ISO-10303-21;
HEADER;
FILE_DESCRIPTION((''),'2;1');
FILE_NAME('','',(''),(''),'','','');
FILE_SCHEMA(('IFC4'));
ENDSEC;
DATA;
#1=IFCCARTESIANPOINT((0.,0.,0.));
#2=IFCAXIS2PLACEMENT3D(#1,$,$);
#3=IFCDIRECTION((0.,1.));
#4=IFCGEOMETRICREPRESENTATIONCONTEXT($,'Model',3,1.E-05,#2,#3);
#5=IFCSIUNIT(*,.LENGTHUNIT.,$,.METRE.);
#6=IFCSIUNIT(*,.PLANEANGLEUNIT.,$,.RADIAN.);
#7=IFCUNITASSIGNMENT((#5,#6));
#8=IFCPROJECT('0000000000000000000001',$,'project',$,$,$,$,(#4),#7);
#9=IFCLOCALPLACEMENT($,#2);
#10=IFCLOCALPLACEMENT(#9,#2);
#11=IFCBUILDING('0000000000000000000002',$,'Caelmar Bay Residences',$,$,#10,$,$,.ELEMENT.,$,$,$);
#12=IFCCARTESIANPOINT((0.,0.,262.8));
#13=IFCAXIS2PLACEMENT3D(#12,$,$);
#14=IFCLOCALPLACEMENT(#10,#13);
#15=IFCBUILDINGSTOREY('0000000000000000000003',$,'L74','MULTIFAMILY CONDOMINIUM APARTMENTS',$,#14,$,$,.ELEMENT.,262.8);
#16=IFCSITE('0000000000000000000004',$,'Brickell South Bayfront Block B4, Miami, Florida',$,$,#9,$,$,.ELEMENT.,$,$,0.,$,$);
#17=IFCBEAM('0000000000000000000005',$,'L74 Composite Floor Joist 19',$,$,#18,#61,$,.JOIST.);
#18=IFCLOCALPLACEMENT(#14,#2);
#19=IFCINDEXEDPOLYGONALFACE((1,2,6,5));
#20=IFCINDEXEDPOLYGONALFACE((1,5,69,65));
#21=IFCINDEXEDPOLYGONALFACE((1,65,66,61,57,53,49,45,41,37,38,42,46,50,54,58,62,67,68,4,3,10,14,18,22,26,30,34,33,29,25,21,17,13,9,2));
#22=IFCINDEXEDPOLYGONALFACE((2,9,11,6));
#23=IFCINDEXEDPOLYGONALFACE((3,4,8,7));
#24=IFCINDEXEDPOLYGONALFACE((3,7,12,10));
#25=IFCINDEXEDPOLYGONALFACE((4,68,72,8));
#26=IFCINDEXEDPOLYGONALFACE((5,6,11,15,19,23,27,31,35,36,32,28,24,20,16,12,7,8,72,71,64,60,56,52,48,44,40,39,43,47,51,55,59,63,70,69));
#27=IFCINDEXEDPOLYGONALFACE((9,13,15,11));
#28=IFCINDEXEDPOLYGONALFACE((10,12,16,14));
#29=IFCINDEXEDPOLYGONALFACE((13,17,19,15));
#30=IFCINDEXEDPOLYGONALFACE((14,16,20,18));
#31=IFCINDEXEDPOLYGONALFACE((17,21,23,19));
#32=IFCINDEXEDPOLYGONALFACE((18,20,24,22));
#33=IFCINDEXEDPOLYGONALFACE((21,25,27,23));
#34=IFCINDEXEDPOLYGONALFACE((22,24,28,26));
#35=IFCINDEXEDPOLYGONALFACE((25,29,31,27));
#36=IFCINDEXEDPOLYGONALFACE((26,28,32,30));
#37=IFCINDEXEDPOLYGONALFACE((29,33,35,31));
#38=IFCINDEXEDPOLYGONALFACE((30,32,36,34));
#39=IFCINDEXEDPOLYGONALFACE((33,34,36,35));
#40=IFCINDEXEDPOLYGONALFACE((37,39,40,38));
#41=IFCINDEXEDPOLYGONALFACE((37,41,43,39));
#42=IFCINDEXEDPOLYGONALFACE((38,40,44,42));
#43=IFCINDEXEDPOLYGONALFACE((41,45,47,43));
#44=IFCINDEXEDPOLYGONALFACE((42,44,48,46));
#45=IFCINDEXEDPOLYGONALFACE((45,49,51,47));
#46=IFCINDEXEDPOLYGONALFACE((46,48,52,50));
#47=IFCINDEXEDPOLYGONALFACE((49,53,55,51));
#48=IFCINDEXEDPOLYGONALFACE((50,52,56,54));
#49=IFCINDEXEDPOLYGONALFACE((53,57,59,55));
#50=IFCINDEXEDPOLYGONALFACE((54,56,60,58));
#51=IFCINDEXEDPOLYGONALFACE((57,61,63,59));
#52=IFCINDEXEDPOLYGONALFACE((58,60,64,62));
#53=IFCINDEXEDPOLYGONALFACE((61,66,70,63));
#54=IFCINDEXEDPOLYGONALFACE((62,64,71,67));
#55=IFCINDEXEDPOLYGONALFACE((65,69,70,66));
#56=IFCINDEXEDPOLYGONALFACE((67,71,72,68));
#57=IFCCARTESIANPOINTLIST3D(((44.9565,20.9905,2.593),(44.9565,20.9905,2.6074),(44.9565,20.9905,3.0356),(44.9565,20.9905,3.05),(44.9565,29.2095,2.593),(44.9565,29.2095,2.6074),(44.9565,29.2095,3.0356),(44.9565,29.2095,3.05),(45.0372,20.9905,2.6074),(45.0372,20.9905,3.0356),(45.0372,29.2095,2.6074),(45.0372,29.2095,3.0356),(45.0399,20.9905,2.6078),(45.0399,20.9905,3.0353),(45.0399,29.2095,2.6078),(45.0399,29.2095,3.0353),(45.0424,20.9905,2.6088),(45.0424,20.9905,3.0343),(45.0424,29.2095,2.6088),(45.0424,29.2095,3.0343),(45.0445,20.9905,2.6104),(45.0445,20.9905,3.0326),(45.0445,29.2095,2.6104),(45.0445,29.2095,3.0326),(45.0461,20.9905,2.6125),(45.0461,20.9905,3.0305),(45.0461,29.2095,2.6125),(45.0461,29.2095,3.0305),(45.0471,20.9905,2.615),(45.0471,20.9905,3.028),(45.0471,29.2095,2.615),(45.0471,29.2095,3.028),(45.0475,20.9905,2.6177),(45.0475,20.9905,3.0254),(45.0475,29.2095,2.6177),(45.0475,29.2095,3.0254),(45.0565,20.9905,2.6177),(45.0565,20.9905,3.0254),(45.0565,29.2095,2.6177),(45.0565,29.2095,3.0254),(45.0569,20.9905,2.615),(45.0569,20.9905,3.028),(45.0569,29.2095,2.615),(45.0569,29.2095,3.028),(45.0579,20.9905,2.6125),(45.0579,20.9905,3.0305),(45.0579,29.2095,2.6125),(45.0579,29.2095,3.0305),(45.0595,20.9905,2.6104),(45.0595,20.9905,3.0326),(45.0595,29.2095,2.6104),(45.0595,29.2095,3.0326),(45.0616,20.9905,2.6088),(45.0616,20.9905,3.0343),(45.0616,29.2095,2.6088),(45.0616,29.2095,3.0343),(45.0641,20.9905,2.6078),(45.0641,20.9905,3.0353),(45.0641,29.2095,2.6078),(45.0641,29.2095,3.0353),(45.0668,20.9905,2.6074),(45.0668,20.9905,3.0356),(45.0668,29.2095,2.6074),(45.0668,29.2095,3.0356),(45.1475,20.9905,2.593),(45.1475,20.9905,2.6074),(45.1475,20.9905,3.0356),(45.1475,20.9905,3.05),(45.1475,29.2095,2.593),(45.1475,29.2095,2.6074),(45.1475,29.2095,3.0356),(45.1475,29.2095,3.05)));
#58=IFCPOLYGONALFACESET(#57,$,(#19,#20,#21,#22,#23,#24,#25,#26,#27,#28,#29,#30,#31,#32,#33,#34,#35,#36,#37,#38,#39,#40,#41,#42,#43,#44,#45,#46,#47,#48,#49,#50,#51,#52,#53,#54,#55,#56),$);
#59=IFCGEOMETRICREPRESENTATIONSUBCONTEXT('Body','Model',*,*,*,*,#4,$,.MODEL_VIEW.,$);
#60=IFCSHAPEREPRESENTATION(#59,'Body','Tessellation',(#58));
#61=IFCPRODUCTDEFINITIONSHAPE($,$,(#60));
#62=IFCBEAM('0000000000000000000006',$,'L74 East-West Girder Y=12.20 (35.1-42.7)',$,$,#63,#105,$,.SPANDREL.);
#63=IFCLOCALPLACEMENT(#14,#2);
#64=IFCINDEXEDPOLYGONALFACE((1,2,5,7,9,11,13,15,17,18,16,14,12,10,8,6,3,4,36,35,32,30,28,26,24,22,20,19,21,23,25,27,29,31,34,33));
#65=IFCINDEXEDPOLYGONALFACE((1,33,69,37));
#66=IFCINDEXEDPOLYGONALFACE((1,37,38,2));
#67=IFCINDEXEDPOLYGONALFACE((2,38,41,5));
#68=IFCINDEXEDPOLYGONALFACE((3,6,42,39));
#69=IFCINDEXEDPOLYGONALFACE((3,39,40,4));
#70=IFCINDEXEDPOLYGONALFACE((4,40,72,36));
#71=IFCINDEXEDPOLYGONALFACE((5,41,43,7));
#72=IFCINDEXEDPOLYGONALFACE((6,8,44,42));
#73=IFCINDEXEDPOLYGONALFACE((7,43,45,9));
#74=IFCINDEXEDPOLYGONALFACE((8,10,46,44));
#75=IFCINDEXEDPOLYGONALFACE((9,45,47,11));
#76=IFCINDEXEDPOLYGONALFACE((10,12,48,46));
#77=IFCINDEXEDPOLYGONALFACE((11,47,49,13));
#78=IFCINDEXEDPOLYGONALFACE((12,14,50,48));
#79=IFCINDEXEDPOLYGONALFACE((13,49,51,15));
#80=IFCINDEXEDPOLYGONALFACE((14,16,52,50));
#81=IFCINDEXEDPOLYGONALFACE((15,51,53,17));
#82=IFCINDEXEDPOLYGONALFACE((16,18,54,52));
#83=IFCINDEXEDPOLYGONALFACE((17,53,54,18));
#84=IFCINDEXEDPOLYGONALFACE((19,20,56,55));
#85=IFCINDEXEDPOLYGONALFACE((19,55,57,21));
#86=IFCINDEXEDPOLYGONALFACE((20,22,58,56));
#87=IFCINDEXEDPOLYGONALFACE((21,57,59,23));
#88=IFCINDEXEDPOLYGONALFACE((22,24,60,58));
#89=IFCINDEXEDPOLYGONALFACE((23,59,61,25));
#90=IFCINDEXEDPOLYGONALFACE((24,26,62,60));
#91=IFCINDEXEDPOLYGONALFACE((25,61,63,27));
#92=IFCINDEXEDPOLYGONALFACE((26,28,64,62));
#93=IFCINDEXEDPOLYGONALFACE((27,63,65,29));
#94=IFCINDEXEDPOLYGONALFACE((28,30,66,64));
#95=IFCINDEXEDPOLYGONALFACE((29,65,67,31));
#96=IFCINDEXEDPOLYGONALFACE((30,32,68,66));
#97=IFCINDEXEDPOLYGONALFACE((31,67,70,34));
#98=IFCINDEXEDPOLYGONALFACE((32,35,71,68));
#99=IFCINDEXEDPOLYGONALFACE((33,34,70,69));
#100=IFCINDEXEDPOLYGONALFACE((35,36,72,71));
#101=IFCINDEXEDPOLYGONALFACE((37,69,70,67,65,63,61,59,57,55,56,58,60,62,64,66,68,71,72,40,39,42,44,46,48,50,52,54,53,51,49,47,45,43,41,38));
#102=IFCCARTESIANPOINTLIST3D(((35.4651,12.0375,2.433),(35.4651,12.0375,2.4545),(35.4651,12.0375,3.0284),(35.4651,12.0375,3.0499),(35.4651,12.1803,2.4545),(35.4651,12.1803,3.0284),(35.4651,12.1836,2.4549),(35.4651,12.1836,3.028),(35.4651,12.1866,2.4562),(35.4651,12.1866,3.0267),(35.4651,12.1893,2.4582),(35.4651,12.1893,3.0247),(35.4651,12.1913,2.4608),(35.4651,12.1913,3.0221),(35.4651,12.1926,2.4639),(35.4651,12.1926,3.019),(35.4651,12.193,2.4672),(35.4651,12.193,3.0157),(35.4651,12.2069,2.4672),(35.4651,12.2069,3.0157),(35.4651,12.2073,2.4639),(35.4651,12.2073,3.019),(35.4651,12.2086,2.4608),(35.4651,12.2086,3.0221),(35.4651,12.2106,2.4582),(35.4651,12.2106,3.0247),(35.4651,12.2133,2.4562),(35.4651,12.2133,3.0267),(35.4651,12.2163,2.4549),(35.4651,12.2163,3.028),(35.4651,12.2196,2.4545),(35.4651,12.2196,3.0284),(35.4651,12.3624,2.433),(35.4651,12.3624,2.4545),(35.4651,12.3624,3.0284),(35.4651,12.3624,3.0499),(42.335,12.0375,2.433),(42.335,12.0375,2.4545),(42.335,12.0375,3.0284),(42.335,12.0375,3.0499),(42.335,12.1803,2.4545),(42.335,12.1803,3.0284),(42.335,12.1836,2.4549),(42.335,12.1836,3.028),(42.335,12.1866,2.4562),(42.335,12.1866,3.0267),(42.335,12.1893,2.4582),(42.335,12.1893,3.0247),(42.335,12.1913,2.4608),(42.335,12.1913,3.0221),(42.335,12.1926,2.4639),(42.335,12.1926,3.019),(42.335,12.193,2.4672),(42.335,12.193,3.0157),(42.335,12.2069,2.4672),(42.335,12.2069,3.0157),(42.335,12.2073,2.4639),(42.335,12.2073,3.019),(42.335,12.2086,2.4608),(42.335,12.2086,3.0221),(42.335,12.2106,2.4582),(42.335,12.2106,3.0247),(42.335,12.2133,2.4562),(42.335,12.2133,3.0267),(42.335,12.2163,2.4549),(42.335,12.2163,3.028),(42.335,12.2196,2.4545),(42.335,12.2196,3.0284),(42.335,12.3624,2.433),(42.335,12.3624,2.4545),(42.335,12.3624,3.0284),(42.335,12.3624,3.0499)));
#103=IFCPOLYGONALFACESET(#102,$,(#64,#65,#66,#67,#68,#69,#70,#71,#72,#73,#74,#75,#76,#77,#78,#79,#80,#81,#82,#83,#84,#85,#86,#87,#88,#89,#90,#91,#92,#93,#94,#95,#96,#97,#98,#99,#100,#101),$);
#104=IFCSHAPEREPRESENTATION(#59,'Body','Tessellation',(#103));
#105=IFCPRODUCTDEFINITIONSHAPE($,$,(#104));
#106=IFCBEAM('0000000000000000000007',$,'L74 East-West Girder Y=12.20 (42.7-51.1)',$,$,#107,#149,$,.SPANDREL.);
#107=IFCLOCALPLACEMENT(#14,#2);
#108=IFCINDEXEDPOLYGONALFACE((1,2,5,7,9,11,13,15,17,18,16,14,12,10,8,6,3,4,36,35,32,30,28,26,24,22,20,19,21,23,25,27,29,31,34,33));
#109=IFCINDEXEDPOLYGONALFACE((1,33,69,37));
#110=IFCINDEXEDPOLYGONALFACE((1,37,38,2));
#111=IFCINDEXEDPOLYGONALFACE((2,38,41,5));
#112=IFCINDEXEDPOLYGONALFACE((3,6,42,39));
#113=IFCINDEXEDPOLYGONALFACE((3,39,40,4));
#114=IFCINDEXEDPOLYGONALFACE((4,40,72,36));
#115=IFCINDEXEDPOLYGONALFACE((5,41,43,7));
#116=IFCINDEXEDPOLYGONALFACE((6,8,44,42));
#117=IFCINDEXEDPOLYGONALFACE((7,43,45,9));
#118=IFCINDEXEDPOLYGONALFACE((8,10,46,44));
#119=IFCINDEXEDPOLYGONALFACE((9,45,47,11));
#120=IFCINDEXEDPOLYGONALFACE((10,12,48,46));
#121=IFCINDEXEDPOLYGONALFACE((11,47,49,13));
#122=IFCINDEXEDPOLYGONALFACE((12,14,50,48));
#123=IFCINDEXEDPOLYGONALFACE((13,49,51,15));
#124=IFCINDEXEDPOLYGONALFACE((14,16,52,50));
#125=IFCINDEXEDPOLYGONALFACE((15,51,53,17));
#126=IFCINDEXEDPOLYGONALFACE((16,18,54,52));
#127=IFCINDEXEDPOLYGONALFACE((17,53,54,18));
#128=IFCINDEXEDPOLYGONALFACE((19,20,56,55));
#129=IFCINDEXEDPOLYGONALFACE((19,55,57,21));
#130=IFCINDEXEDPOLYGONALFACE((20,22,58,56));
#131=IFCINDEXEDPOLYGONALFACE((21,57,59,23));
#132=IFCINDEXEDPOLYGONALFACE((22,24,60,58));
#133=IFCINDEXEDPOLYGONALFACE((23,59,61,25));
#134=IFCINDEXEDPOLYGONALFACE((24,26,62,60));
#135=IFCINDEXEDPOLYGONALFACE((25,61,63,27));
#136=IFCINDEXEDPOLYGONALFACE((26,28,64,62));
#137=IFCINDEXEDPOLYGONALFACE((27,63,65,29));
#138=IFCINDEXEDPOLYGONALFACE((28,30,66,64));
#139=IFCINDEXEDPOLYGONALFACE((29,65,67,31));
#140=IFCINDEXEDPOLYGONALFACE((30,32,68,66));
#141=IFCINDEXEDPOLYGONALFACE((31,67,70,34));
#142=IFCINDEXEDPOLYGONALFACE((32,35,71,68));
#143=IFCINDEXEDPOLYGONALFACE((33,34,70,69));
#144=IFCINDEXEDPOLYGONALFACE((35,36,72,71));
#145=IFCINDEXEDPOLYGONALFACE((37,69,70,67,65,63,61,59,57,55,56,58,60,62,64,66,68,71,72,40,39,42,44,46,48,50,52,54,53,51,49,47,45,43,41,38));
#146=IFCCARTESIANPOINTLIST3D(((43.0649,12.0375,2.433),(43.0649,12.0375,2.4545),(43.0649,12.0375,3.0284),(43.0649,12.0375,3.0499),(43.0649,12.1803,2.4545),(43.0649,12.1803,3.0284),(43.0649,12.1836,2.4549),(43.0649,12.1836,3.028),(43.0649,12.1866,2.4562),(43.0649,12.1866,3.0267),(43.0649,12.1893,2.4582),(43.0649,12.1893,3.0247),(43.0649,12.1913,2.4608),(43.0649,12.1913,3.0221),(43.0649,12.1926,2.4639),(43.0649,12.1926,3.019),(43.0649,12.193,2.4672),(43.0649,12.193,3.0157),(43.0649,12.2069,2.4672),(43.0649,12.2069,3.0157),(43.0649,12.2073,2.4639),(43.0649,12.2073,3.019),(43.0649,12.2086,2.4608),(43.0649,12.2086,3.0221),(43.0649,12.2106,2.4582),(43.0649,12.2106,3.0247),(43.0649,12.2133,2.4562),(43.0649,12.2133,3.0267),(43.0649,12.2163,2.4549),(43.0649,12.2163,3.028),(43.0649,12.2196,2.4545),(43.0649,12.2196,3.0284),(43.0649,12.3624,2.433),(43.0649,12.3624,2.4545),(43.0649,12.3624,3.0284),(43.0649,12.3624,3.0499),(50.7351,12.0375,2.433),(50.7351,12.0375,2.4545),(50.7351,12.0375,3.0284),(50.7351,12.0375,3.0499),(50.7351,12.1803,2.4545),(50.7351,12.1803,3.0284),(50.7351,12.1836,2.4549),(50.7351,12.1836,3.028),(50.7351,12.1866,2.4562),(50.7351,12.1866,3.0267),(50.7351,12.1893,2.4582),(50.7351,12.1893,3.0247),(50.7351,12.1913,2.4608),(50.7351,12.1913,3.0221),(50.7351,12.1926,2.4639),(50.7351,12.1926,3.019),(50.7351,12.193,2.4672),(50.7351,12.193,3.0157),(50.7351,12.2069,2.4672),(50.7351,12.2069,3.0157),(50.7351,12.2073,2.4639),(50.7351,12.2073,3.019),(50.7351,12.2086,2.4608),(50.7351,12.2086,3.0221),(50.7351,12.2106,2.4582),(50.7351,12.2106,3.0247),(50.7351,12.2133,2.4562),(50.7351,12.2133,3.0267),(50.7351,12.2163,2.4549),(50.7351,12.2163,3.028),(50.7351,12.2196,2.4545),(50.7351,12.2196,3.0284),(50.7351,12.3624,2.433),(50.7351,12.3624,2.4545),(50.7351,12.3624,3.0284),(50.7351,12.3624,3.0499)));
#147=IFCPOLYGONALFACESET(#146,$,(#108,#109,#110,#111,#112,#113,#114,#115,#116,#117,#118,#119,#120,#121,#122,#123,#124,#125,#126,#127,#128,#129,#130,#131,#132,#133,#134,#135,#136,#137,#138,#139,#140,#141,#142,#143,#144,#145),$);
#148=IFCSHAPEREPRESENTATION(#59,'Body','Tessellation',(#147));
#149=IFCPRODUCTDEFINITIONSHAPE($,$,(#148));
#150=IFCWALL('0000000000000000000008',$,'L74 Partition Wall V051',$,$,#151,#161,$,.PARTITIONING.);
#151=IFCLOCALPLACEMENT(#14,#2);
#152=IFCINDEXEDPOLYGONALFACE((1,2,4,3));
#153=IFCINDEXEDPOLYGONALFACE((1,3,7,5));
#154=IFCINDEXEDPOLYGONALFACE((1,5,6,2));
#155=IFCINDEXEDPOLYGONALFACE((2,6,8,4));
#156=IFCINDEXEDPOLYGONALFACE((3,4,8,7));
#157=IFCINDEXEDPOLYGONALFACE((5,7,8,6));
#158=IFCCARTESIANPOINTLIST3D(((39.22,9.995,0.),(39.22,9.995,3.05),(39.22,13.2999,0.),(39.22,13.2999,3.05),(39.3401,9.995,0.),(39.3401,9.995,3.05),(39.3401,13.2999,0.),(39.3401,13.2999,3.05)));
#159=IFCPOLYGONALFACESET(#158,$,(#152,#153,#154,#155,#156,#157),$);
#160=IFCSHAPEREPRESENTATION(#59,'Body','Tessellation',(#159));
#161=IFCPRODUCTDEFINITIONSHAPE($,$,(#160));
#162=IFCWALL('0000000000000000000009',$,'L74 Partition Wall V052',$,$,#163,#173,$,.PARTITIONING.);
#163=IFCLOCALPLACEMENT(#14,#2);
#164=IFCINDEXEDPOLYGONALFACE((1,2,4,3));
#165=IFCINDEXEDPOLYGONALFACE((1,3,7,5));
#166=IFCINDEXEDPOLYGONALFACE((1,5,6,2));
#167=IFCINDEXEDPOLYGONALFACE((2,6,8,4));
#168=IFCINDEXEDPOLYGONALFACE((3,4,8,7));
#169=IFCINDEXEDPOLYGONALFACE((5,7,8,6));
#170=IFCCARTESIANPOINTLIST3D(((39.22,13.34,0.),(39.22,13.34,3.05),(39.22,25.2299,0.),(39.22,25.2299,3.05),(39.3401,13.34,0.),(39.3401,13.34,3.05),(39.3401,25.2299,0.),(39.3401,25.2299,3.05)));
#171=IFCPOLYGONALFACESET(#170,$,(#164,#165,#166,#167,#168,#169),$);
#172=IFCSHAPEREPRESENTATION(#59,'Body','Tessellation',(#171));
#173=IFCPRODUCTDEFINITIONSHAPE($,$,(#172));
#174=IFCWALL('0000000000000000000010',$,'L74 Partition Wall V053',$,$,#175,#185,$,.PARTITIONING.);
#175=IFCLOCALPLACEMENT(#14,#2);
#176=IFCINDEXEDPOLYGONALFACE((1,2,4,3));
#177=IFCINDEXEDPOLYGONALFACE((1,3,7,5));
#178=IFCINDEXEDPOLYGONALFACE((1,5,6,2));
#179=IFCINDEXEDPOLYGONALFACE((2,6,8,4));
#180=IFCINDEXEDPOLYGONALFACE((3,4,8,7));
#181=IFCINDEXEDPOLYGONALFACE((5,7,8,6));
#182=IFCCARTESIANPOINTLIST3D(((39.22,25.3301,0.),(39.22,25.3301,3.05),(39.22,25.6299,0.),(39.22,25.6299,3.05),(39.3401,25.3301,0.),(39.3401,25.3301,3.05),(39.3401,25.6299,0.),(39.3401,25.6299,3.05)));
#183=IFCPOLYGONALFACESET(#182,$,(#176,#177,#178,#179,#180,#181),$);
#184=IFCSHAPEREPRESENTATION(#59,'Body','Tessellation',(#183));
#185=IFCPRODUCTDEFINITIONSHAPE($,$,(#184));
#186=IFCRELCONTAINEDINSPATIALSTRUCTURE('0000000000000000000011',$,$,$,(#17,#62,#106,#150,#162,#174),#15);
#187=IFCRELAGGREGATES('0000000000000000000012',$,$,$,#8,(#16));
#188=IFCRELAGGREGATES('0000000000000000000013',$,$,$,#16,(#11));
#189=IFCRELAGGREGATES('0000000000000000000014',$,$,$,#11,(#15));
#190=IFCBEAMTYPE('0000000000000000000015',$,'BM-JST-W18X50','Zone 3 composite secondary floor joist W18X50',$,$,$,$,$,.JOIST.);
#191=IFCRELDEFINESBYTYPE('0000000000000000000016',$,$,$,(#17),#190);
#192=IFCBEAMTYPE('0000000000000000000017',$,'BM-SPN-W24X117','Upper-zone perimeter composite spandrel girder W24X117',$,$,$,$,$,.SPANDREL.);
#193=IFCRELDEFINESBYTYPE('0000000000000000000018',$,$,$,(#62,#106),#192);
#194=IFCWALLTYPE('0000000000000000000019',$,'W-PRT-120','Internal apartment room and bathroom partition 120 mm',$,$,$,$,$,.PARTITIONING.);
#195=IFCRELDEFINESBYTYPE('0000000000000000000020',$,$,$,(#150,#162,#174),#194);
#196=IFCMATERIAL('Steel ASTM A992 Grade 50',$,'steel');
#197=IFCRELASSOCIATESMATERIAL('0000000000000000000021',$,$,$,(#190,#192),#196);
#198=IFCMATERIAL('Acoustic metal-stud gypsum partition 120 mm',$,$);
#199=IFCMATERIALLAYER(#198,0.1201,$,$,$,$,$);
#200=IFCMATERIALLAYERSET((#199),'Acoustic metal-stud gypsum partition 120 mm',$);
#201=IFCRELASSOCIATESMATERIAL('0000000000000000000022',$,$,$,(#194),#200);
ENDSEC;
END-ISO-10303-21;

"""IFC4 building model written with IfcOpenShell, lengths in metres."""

from ifc_helpers import new_model, si_unit, direction, frame, frame_2d, origin, origin_2d, place, context, subcontext, project, spatial, rectangle, i_section, extrude, material, layer, layer_set, material_profile, profile_set, type_object, element, save


model = new_model("IFC4")

# Units and contexts
model_context = context("Model", 3, precision=1e-05, world=origin(), true_north=direction((0.0, 1.0)))
body_context = subcontext(model_context, "Body", "Model", "MODEL_VIEW")
ifc_project = project(units=[si_unit("LENGTHUNIT", "METRE"), si_unit("PLANEANGLEUNIT", "RADIAN")], contexts=[model_context])

# Site, building, storey
site_placement = place(None, origin())
site = spatial("IfcSite", under=ifc_project, at=site_placement, Name="Brickell South Bayfront Block B4, Miami, Florida", CompositionType="ELEMENT", RefElevation=0.0)
building_placement = place(site_placement, origin())
building = spatial("IfcBuilding", under=site, at=building_placement, Name="Caelmar Bay Residences", CompositionType="ELEMENT")
storey_placement = place(building_placement, frame((0.0, 0.0, 262.8)))
storey = spatial("IfcBuildingStorey", under=building, at=storey_placement, Name="L74", Description="MULTIFAMILY CONDOMINIUM APARTMENTS", CompositionType="ELEMENT", Elevation=262.8)

# Beams
ifc_material_1 = material(Name="Steel ASTM A992 Grade 50", Category="steel")
ifc_material_profile_1 = material_profile(ifc_material_1, i_section(OverallWidth=0.1909, OverallDepth=0.457, WebThickness=0.009, FlangeThickness=0.0144, FilletRadius=0.0103, at=origin_2d()), Name="W18X50")
ifc_profile_set_1 = profile_set([ifc_material_profile_1], Name="Steel ASTM A992 Grade 50")
beam_type_1 = type_object("IfcBeamType", Name="BM-JST-W18X50", Description="Zone 3 composite secondary floor joist W18X50", PredefinedType="JOIST", material=ifc_profile_set_1)
for number, where, z_axis, x_axis, name in (
    (1, (45.052, 20.9905, 2.8215), (0.0, 1.0, 0.0), (-1.0, 0.0, 0.0), "L74 Composite Floor Joist 19"),
):
    element("IfcBeam", number, at=place(storey_placement, frame(where, z_axis=z_axis, x_axis=x_axis)), inside=storey, type_object=beam_type_1, Name=name, PredefinedType="JOIST", context=body_context, shape_type="SweptSolid", body=[
        extrude(i_section(OverallWidth=0.1909, OverallDepth=0.457, WebThickness=0.009, FlangeThickness=0.0144, FilletRadius=0.0103, at=origin_2d()), origin(), (0.0, 0.0, 1.0), 8.219),
    ])
ifc_material_profile_2 = material_profile(ifc_material_1, i_section(OverallWidth=0.325, OverallDepth=0.6169, WebThickness=0.0139, FlangeThickness=0.0215, FilletRadius=0.0127, at=origin_2d()), Name="W24X117")
ifc_profile_set_2 = profile_set([ifc_material_profile_2], Name="Steel ASTM A992 Grade 50")
beam_type_2 = type_object("IfcBeamType", Name="BM-SPN-W24X117", Description="Upper-zone perimeter composite spandrel girder W24X117", PredefinedType="SPANDREL", material=ifc_profile_set_2)
beam_1_placement = place(storey_placement, frame((35.4651, 12.2, 2.7415), z_axis=(1.0, 0.0, 0.0), x_axis=(0.0, 1.0, 0.0)))
element("IfcBeam", 2, at=beam_1_placement, inside=storey, type_object=beam_type_2, Name="L74 East-West Girder Y=12.20 (35.1-42.7)", PredefinedType="SPANDREL", context=body_context, shape_type="SweptSolid", body=[
    extrude(i_section(OverallWidth=0.325, OverallDepth=0.6169, WebThickness=0.0139, FlangeThickness=0.0215, FilletRadius=0.0127, at=origin_2d()), origin(), (0.0, 0.0, 1.0), 6.8699),
])
beam_2_placement = place(storey_placement, frame((43.0649, 12.2, 2.7415), z_axis=(1.0, 0.0, 0.0), x_axis=(0.0, 1.0, 0.0)))
element("IfcBeam", 3, at=beam_2_placement, inside=storey, type_object=beam_type_2, Name="L74 East-West Girder Y=12.20 (42.7-51.1)", PredefinedType="SPANDREL", context=body_context, shape_type="SweptSolid", body=[
    extrude(i_section(OverallWidth=0.325, OverallDepth=0.6169, WebThickness=0.0139, FlangeThickness=0.0215, FilletRadius=0.0127, at=origin_2d()), origin(), (0.0, 0.0, 1.0), 7.6702),
])

# Walls
ifc_material_2 = material(Name="Acoustic metal-stud gypsum partition 120 mm")
ifc_layer_1 = layer(ifc_material_2, 0.1201)
ifc_layer_set_1 = layer_set([ifc_layer_1], Name="Acoustic metal-stud gypsum partition 120 mm")
wall_type_1 = type_object("IfcWallType", Name="W-PRT-120", Description="Internal apartment room and bathroom partition 120 mm", PredefinedType="PARTITIONING", material=ifc_layer_set_1)
wall_1_placement = place(storey_placement, frame((39.28, 9.9951, 0.0), z_axis=(0.0, 0.0, 1.0), x_axis=(0.0, 1.0, 0.0)))
element("IfcWall", 4, at=wall_1_placement, inside=storey, type_object=wall_type_1, Name="L74 Partition Wall V051", PredefinedType="PARTITIONING", context=body_context, shape_type="SweptSolid", body=[
    extrude(rectangle(XDim=3.3049, YDim=0.1201, at=frame_2d((1.6523, 0.0))), origin(), (0.0, 0.0, 1.0), 3.05),
])
wall_2_placement = place(storey_placement, frame((39.28, 13.3401, 0.0), z_axis=(0.0, 0.0, 1.0), x_axis=(0.0, 1.0, 0.0)))
element("IfcWall", 5, at=wall_2_placement, inside=storey, type_object=wall_type_1, Name="L74 Partition Wall V052", PredefinedType="PARTITIONING", context=body_context, shape_type="SweptSolid", body=[
    extrude(rectangle(XDim=11.8899, YDim=0.1201, at=frame_2d((5.9448, 0.0))), origin(), (0.0, 0.0, 1.0), 3.05),
])
wall_3_placement = place(storey_placement, frame((39.28, 25.3301, 0.0), z_axis=(0.0, 0.0, 1.0), x_axis=(0.0, 1.0, 0.0)))
element("IfcWall", 6, at=wall_3_placement, inside=storey, type_object=wall_type_1, Name="L74 Partition Wall V053", PredefinedType="PARTITIONING", context=body_context, shape_type="SweptSolid", body=[
    extrude(rectangle(XDim=0.2998, YDim=0.1201, at=frame_2d((0.1499, 0.0))), origin(), (0.0, 0.0, 1.0), 3.05),
])

save(model, "model.ifc")
